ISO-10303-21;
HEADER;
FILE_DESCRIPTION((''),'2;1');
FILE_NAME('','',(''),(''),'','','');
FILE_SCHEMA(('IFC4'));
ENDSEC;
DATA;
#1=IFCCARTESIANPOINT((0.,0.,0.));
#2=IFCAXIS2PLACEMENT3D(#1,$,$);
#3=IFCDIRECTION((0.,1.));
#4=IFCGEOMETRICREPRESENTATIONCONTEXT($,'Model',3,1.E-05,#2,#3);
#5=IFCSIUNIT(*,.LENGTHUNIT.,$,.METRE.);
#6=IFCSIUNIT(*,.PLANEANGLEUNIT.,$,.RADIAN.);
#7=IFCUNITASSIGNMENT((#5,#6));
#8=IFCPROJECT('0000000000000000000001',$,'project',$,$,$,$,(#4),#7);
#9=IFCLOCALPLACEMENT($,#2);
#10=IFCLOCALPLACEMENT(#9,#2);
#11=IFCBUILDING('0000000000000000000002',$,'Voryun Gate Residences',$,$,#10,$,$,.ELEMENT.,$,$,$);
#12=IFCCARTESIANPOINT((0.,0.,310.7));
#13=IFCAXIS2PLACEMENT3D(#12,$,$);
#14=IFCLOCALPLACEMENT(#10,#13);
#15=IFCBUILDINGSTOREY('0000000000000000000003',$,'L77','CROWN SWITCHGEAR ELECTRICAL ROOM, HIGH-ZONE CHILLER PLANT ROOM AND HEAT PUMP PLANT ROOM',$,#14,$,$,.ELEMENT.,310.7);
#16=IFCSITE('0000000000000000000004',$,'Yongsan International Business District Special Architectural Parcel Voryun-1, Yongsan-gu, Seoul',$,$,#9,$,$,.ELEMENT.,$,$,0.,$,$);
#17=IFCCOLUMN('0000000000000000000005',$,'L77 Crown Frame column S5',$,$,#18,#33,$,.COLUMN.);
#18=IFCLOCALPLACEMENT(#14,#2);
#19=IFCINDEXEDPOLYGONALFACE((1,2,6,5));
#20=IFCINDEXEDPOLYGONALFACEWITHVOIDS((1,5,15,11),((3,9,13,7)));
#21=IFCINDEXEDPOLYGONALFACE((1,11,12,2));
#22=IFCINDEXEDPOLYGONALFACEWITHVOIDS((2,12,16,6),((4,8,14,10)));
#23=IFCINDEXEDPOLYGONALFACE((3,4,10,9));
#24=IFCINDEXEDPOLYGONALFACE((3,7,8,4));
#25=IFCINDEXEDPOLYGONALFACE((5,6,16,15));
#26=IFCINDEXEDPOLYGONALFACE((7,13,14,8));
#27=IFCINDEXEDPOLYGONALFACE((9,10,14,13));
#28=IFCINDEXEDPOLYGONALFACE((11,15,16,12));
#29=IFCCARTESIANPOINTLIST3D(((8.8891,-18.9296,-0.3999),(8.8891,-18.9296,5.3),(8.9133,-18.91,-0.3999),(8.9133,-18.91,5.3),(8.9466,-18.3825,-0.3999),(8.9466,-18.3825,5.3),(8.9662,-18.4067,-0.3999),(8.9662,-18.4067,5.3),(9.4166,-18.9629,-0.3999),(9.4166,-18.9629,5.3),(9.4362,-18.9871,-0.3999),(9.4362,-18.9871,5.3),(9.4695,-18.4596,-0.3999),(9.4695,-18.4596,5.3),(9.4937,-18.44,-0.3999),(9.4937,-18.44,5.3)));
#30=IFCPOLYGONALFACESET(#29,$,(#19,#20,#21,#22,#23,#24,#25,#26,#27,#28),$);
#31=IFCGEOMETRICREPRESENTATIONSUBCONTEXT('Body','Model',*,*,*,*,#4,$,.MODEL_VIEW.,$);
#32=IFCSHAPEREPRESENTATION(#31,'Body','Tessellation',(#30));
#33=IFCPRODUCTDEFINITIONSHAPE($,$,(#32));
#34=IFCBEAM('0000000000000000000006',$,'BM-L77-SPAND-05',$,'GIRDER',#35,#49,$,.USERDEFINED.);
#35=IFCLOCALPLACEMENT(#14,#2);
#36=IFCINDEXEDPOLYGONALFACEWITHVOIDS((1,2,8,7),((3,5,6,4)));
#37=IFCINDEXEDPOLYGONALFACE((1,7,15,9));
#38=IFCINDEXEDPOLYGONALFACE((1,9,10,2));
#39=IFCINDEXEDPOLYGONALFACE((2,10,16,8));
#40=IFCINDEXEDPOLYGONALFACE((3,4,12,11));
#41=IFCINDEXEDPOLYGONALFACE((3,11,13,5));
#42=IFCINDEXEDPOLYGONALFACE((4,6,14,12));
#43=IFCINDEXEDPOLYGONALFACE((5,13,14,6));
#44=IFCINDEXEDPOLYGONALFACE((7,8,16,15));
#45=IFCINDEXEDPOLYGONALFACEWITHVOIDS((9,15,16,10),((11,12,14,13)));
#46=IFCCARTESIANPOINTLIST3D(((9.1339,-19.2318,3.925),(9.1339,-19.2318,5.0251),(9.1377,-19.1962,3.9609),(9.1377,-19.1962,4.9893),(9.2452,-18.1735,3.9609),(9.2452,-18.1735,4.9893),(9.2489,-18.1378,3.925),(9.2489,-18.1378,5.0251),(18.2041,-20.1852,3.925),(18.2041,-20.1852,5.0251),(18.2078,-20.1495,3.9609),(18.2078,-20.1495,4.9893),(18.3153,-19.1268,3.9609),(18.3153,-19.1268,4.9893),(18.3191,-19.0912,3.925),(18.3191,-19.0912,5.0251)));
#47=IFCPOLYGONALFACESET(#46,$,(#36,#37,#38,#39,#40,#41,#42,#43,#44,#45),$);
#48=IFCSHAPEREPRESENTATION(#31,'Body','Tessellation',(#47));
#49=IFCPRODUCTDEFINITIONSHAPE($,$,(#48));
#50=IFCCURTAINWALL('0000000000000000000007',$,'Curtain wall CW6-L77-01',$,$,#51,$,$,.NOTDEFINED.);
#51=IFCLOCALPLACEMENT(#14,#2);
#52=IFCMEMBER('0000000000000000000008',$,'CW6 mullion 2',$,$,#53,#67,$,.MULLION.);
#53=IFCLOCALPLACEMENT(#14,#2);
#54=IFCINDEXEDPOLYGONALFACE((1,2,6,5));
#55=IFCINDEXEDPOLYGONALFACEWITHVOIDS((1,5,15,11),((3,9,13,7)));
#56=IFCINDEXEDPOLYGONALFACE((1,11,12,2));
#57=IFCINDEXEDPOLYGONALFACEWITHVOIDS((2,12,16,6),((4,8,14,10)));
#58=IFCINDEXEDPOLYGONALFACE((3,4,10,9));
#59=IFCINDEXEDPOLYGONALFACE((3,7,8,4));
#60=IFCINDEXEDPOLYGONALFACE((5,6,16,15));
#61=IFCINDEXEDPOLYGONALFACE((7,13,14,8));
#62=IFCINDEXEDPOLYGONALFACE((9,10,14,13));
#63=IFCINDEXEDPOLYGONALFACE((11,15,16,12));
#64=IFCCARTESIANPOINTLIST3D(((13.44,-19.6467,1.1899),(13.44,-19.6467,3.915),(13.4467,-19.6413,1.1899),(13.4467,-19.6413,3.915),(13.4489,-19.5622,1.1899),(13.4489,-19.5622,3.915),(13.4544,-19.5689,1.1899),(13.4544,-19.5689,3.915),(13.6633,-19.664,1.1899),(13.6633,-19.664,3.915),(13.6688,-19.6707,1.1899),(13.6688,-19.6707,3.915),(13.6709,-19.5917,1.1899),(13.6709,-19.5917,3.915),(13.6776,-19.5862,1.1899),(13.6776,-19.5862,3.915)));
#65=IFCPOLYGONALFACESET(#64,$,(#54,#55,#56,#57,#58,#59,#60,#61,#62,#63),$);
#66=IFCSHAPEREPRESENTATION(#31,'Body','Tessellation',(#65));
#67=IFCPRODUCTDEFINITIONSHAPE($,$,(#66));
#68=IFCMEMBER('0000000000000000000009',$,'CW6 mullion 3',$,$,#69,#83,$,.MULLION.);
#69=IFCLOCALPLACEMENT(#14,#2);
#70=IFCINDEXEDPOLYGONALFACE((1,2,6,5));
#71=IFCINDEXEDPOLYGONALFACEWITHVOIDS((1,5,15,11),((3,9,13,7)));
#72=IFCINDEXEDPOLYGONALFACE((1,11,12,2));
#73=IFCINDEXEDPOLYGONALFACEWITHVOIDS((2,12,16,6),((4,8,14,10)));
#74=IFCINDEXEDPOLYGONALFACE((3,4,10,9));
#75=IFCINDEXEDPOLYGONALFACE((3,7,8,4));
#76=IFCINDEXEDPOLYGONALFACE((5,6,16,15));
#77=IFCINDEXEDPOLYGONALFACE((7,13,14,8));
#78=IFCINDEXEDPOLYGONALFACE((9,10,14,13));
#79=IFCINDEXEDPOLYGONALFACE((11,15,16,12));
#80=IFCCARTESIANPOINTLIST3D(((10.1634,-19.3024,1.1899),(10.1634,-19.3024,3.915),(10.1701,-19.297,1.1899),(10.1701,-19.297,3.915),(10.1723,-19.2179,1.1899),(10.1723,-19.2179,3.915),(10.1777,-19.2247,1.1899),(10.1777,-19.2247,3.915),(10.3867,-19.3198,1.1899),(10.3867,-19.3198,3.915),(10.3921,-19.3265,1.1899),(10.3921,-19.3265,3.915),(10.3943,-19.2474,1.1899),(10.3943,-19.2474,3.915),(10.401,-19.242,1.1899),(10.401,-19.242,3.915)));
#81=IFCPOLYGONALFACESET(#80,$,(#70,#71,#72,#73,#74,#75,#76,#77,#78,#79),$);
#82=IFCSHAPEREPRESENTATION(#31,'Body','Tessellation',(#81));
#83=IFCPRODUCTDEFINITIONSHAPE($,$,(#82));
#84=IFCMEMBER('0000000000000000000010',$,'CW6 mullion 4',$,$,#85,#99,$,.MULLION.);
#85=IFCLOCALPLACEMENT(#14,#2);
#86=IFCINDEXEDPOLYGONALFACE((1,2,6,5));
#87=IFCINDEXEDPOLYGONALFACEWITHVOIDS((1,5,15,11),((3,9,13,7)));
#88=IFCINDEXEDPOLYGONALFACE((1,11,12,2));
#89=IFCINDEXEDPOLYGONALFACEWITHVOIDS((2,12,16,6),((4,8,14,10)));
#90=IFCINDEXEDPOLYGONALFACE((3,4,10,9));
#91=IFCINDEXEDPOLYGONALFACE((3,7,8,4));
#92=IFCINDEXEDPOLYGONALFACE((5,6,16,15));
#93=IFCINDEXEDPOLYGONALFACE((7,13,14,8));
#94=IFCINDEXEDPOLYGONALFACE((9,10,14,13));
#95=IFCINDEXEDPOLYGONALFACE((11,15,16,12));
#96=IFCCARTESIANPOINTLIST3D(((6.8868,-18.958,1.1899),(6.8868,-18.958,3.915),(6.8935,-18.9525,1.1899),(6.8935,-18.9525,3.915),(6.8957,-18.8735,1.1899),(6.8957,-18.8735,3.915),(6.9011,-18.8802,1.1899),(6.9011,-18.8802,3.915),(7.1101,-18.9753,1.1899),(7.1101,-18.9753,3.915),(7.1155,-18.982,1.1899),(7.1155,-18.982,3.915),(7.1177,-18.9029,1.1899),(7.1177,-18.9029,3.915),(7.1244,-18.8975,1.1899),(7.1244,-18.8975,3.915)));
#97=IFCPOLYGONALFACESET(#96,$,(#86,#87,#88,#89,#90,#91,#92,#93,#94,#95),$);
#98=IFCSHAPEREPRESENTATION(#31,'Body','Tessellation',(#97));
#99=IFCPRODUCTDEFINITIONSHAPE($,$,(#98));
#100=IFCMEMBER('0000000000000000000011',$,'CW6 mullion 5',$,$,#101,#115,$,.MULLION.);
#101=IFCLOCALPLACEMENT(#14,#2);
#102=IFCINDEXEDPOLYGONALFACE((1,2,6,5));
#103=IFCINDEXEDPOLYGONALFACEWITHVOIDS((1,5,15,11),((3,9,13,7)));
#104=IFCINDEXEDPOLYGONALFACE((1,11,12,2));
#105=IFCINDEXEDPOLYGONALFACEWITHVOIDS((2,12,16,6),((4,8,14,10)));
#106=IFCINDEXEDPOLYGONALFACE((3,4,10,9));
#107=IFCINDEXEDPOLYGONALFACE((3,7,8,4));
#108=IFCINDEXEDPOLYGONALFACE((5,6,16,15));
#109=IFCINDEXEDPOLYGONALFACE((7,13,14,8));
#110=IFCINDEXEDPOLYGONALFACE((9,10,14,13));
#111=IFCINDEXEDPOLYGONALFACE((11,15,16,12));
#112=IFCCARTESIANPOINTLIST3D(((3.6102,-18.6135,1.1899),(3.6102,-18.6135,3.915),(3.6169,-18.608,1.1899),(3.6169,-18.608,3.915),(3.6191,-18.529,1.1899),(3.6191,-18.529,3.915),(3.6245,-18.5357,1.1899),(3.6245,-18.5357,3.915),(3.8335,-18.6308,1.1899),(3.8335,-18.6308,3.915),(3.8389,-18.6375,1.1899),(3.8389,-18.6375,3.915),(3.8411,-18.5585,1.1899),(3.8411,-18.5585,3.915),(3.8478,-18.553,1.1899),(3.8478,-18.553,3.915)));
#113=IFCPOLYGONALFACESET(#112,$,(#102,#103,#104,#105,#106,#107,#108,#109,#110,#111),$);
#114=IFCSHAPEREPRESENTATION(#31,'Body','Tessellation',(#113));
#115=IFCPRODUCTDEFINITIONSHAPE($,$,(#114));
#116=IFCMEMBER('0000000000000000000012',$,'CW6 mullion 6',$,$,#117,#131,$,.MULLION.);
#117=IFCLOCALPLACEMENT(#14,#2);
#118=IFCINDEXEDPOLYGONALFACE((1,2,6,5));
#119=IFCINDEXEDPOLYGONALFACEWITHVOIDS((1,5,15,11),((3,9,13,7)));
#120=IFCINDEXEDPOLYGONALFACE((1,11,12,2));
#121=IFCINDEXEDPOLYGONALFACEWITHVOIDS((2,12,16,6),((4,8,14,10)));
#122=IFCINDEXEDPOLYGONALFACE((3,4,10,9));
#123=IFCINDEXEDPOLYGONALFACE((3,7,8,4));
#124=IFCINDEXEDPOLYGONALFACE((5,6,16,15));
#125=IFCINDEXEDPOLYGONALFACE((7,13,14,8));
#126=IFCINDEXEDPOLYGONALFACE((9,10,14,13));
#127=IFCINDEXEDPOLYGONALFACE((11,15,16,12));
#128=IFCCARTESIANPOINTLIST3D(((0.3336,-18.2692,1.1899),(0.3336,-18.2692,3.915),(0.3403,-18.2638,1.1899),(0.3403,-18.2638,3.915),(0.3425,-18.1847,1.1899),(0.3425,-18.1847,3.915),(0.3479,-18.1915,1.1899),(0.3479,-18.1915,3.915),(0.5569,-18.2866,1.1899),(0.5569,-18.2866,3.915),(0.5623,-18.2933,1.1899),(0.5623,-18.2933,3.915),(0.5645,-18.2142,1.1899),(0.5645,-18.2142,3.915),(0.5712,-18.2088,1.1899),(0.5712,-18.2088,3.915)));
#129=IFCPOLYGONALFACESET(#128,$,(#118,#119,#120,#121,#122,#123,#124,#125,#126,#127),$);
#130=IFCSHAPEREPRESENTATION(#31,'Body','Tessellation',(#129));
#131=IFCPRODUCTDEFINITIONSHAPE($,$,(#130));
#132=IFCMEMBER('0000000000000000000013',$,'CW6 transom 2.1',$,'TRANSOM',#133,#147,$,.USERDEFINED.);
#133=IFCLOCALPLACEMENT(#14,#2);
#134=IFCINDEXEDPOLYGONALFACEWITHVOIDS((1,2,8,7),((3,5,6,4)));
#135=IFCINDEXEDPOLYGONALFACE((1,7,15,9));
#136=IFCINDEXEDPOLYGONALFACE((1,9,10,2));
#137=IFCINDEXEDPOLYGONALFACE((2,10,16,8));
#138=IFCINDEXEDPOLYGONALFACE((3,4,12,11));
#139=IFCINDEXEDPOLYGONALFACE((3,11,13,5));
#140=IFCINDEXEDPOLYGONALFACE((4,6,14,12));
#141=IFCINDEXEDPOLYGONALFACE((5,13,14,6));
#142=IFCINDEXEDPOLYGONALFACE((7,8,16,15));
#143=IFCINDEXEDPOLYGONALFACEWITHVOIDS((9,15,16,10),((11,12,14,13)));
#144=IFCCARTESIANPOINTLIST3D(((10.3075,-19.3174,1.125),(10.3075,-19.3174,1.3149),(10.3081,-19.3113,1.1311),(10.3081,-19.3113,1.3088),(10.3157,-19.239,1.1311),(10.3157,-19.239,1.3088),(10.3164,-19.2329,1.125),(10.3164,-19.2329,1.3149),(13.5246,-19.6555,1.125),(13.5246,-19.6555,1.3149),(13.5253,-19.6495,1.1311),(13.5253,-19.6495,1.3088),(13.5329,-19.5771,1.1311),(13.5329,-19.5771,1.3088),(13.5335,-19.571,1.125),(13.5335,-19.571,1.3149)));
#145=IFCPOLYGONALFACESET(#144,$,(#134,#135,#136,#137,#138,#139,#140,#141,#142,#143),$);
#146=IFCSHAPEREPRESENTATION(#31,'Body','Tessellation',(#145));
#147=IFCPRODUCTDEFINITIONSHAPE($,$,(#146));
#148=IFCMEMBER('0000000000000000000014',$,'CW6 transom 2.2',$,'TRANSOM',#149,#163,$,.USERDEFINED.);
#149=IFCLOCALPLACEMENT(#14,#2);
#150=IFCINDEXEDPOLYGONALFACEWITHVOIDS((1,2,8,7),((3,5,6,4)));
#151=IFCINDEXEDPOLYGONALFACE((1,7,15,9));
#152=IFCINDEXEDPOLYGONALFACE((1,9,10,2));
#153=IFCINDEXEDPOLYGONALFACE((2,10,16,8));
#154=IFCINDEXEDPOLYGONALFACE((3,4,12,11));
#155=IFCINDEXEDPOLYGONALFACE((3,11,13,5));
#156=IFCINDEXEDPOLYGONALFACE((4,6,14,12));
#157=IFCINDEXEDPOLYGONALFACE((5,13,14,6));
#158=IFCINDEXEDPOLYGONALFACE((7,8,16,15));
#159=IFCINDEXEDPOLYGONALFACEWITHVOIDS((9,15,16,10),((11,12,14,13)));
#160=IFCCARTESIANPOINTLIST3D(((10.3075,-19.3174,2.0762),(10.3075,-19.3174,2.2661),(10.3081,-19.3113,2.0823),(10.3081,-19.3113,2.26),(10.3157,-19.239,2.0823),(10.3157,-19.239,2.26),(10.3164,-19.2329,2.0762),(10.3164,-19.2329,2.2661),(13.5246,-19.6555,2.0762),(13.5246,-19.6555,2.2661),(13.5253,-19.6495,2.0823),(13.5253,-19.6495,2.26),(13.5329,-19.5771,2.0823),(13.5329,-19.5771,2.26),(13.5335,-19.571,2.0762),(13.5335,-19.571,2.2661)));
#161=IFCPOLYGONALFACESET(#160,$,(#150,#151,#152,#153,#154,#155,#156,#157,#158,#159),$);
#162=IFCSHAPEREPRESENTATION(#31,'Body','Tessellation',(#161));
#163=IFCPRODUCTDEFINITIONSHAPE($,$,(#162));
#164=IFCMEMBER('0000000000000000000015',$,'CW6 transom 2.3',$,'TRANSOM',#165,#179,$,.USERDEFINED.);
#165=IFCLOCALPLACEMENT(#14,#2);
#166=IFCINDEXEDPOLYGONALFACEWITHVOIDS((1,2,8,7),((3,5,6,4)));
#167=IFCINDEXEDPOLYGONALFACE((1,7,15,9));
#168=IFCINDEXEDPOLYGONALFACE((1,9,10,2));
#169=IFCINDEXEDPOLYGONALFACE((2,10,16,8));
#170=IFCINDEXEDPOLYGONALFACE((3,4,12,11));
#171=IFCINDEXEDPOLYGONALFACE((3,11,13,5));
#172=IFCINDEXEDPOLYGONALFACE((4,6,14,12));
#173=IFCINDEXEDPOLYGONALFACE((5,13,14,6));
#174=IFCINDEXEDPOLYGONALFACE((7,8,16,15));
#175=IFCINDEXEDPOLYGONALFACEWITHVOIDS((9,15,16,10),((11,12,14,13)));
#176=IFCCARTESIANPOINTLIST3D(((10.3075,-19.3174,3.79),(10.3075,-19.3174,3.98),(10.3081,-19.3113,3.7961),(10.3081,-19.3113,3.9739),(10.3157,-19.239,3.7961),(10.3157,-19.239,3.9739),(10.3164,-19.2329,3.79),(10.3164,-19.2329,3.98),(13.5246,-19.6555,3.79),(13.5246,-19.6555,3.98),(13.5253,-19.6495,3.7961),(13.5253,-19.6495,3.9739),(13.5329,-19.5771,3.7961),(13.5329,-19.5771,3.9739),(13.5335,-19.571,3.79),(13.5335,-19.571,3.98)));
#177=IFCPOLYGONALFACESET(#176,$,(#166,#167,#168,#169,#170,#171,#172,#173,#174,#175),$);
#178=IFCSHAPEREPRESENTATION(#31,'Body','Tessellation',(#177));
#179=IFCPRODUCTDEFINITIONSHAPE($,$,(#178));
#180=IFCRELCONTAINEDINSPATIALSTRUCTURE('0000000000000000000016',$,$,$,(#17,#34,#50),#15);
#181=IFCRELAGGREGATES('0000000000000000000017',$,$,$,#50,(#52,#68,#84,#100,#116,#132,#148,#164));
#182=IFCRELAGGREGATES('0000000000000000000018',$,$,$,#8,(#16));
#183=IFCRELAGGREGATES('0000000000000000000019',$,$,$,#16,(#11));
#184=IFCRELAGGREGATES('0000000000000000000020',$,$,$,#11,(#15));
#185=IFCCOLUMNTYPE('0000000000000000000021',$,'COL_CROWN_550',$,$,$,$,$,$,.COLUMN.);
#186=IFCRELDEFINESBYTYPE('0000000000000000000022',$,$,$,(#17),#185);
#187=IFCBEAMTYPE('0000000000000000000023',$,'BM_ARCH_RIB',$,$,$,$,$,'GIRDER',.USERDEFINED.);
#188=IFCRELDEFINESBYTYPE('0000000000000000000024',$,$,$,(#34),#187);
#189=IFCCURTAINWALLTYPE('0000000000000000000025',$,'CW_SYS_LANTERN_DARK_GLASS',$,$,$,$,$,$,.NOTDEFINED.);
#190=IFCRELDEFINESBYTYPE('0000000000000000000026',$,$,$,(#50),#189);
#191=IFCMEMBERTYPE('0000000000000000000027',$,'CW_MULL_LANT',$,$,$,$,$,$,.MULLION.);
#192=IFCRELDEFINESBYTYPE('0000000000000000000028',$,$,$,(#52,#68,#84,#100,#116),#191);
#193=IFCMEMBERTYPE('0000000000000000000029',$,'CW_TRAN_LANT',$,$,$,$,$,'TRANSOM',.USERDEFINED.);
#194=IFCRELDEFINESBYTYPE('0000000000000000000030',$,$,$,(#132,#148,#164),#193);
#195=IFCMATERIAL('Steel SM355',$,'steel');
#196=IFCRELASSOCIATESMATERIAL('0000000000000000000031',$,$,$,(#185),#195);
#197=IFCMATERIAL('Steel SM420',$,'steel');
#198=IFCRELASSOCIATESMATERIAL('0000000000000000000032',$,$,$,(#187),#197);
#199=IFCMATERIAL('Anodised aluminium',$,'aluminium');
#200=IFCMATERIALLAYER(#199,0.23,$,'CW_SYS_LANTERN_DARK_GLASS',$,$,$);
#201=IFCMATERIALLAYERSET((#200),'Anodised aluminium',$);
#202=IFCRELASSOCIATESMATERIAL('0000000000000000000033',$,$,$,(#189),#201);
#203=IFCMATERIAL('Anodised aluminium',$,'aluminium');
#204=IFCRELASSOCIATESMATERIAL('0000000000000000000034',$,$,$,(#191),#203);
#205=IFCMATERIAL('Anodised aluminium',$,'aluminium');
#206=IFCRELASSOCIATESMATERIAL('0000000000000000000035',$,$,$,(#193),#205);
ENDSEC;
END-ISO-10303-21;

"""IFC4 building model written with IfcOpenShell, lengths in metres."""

from ifc_helpers import new_model, si_unit, direction, frame, origin, origin_2d, place, context, subcontext, project, spatial, hollow_rectangle, extrude, material, layer, layer_set, material_profile, profile_set, type_object, element, aggregate, save


model = new_model("IFC4")

# Units and contexts
model_context = context("Model", 3, precision=1e-05, world=origin(), true_north=direction((0.0, 1.0)))
body_context = subcontext(model_context, "Body", "Model", "MODEL_VIEW")
ifc_project = project(units=[si_unit("LENGTHUNIT", "METRE"), si_unit("PLANEANGLEUNIT", "RADIAN")], contexts=[model_context])

# Site, building, storey
site_placement = place(None, origin())
site = spatial("IfcSite", under=ifc_project, at=site_placement, Name="Yongsan International Business District Special Architectural Parcel Voryun-1, Yongsan-gu, Seoul", CompositionType="ELEMENT", RefElevation=0.0)
building_placement = place(site_placement, origin())
building = spatial("IfcBuilding", under=site, at=building_placement, Name="Voryun Gate Residences", CompositionType="ELEMENT")
storey_placement = place(building_placement, frame((0.0, 0.0, 310.7)))
storey = spatial("IfcBuildingStorey", under=building, at=storey_placement, Name="L77", Description="CROWN SWITCHGEAR ELECTRICAL ROOM, HIGH-ZONE CHILLER PLANT ROOM AND HEAT PUMP PLANT ROOM", CompositionType="ELEMENT", Elevation=310.7)

# Column
ifc_material_1 = material(Name="Steel SM355", Category="steel")
ifc_material_profile_1 = material_profile(ifc_material_1, hollow_rectangle(XDim=0.55, YDim=0.55, WallThickness=0.022, at=origin_2d()), Name="BOX-550x550x22")
ifc_profile_set_1 = profile_set([ifc_material_profile_1], Name="Steel SM355")
column_type = type_object("IfcColumnType", Name="COL_CROWN_550", PredefinedType="COLUMN", material=ifc_profile_set_1)
column_placement = place(storey_placement, frame((9.1914, -18.6848, -0.3999), z_axis=(0.0, 0.0, 1.0), x_axis=(0.994522, -0.104528, 0.0)))
element("IfcColumn", 1, at=column_placement, inside=storey, type_object=column_type, Name="L77 Crown Frame column S5", PredefinedType="COLUMN", context=body_context, shape_type="SweptSolid", body=[
    extrude(hollow_rectangle(XDim=0.55, YDim=0.55, WallThickness=0.022, at=origin_2d()), origin(), (0.0, 0.0, 1.0), 5.7),
])

# Beam
ifc_material_2 = material(Name="Steel SM420", Category="steel")
ifc_material_profile_2 = material_profile(ifc_material_2, hollow_rectangle(XDim=1.1001, YDim=1.1001, WallThickness=0.0359, at=origin_2d()), Name="BOX-1100x1100x36")
ifc_profile_set_2 = profile_set([ifc_material_profile_2], Name="Steel SM420")
beam_type = type_object("IfcBeamType", Name="BM_ARCH_RIB", ElementType="GIRDER", PredefinedType="USERDEFINED", material=ifc_profile_set_2)
beam_placement = place(storey_placement, frame((9.1914, -18.6848, 4.4751), z_axis=(0.994521, -0.104536, 0.0), x_axis=(0.104536, 0.994521, 0.0)))
element("IfcBeam", 2, at=beam_placement, inside=storey, type_object=beam_type, Name="BM-L77-SPAND-05", ObjectType="GIRDER", PredefinedType="USERDEFINED", context=body_context, shape_type="SweptSolid", body=[
    extrude(hollow_rectangle(XDim=1.1001, YDim=1.1001, WallThickness=0.0359, at=origin_2d()), origin(), (0.0, 0.0, 1.0), 9.1201),
])

# Curtain wall, members
ifc_material_3 = material(Name="Anodised aluminium", Category="aluminium")
ifc_layer_1 = layer(ifc_material_3, 0.23, Name="CW_SYS_LANTERN_DARK_GLASS")
ifc_layer_set_1 = layer_set([ifc_layer_1], Name="Anodised aluminium")
curtain_wall_type = type_object("IfcCurtainWallType", Name="CW_SYS_LANTERN_DARK_GLASS", PredefinedType="NOTDEFINED", material=ifc_layer_set_1)
curtain_wall_placement = place(storey_placement, origin())
curtain_wall = element("IfcCurtainWall", 3, at=curtain_wall_placement, inside=storey, type_object=curtain_wall_type, Name="Curtain wall CW6-L77-01", PredefinedType="NOTDEFINED")
ifc_material_4 = material(Name="Anodised aluminium", Category="aluminium")
ifc_material_profile_3 = material_profile(ifc_material_4, hollow_rectangle(XDim=0.085, YDim=0.23, WallThickness=0.0061, at=origin_2d()), Name="ALU-MULL-230x85x6")
ifc_profile_set_3 = profile_set([ifc_material_profile_3], Name="Anodised aluminium")
member_type_1 = type_object("IfcMemberType", Name="CW_MULL_LANT", PredefinedType="MULLION", material=ifc_profile_set_3)
member_1_placement = place(storey_placement, frame((13.5588, -19.6165, 1.1899), z_axis=(0.0, 0.0, 1.0), x_axis=(-0.104528, -0.994522, 0.0)))
member_1 = element("IfcMember", 4, at=member_1_placement, type_object=member_type_1, Name="CW6 mullion 2", PredefinedType="MULLION", context=body_context, shape_type="SweptSolid", body=[
    extrude(hollow_rectangle(XDim=0.085, YDim=0.23, WallThickness=0.0061, at=origin_2d()), origin(), (0.0, 0.0, 1.0), 2.7251),
])
member_2_placement = place(storey_placement, frame((10.2822, -19.2722, 1.1899), z_axis=(0.0, 0.0, 1.0), x_axis=(-0.104528, -0.994522, 0.0)))
member_2 = element("IfcMember", 5, at=member_2_placement, type_object=member_type_1, Name="CW6 mullion 3", PredefinedType="MULLION", context=body_context, shape_type="SweptSolid", body=[
    extrude(hollow_rectangle(XDim=0.085, YDim=0.23, WallThickness=0.0061, at=origin_2d()), origin(), (0.0, 0.0, 1.0), 2.7251),
])
member_3_placement = place(storey_placement, frame((7.0056, -18.9277, 1.1899), z_axis=(0.0, 0.0, 1.0), x_axis=(-0.104528, -0.994522, 0.0)))
member_3 = element("IfcMember", 6, at=member_3_placement, type_object=member_type_1, Name="CW6 mullion 4", PredefinedType="MULLION", context=body_context, shape_type="SweptSolid", body=[
    extrude(hollow_rectangle(XDim=0.085, YDim=0.23, WallThickness=0.0061, at=origin_2d()), origin(), (0.0, 0.0, 1.0), 2.7251),
])
member_4_placement = place(storey_placement, frame((3.729, -18.5833, 1.1899), z_axis=(0.0, 0.0, 1.0), x_axis=(-0.104528, -0.994522, 0.0)))
member_4 = element("IfcMember", 7, at=member_4_placement, type_object=member_type_1, Name="CW6 mullion 5", PredefinedType="MULLION", context=body_context, shape_type="SweptSolid", body=[
    extrude(hollow_rectangle(XDim=0.085, YDim=0.23, WallThickness=0.0061, at=origin_2d()), origin(), (0.0, 0.0, 1.0), 2.7251),
])
member_5_placement = place(storey_placement, frame((0.4524, -18.239, 1.1899), z_axis=(0.0, 0.0, 1.0), x_axis=(-0.104528, -0.994522, 0.0)))
member_5 = element("IfcMember", 8, at=member_5_placement, type_object=member_type_1, Name="CW6 mullion 6", PredefinedType="MULLION", context=body_context, shape_type="SweptSolid", body=[
    extrude(hollow_rectangle(XDim=0.085, YDim=0.23, WallThickness=0.0061, at=origin_2d()), origin(), (0.0, 0.0, 1.0), 2.7251),
])
ifc_material_5 = material(Name="Anodised aluminium", Category="aluminium")
ifc_material_profile_4 = material_profile(ifc_material_5, hollow_rectangle(XDim=0.085, YDim=0.1899, WallThickness=0.0061, at=origin_2d()), Name="ALU-TRAN-190x85x6")
ifc_profile_set_4 = profile_set([ifc_material_profile_4], Name="Anodised aluminium")
member_type_2 = type_object("IfcMemberType", Name="CW_TRAN_LANT", ElementType="TRANSOM", PredefinedType="USERDEFINED", material=ifc_profile_set_4)
member_6_placement = place(storey_placement, frame((13.5291, -19.6133, 1.22), z_axis=(-0.994522, 0.104532, 0.0), x_axis=(-0.104532, -0.994522, 0.0)))
member_6 = element("IfcMember", 9, at=member_6_placement, type_object=member_type_2, Name="CW6 transom 2.1", ObjectType="TRANSOM", PredefinedType="USERDEFINED", context=body_context, shape_type="SweptSolid", body=[
    extrude(hollow_rectangle(XDim=0.085, YDim=0.1899, WallThickness=0.0061, at=origin_2d()), origin(), (0.0, 0.0, 1.0), 3.2349),
])
member_7_placement = place(storey_placement, frame((13.5291, -19.6133, 2.1711), z_axis=(-0.994522, 0.104532, 0.0), x_axis=(-0.104532, -0.994522, 0.0)))
member_7 = element("IfcMember", 10, at=member_7_placement, type_object=member_type_2, Name="CW6 transom 2.2", ObjectType="TRANSOM", PredefinedType="USERDEFINED", context=body_context, shape_type="SweptSolid", body=[
    extrude(hollow_rectangle(XDim=0.085, YDim=0.1899, WallThickness=0.0061, at=origin_2d()), origin(), (0.0, 0.0, 1.0), 3.2349),
])
member_8_placement = place(storey_placement, frame((13.5291, -19.6133, 3.885), z_axis=(-0.994522, 0.104532, 0.0), x_axis=(-0.104532, -0.994522, 0.0)))
member_8 = element("IfcMember", 11, at=member_8_placement, type_object=member_type_2, Name="CW6 transom 2.3", ObjectType="TRANSOM", PredefinedType="USERDEFINED", context=body_context, shape_type="SweptSolid", body=[
    extrude(hollow_rectangle(XDim=0.085, YDim=0.1899, WallThickness=0.0061, at=origin_2d()), origin(), (0.0, 0.0, 1.0), 3.2349),
])

aggregate(curtain_wall, [member_1, member_2, member_3, member_4, member_5, member_6, member_7, member_8])

save(model, "model.ifc")
